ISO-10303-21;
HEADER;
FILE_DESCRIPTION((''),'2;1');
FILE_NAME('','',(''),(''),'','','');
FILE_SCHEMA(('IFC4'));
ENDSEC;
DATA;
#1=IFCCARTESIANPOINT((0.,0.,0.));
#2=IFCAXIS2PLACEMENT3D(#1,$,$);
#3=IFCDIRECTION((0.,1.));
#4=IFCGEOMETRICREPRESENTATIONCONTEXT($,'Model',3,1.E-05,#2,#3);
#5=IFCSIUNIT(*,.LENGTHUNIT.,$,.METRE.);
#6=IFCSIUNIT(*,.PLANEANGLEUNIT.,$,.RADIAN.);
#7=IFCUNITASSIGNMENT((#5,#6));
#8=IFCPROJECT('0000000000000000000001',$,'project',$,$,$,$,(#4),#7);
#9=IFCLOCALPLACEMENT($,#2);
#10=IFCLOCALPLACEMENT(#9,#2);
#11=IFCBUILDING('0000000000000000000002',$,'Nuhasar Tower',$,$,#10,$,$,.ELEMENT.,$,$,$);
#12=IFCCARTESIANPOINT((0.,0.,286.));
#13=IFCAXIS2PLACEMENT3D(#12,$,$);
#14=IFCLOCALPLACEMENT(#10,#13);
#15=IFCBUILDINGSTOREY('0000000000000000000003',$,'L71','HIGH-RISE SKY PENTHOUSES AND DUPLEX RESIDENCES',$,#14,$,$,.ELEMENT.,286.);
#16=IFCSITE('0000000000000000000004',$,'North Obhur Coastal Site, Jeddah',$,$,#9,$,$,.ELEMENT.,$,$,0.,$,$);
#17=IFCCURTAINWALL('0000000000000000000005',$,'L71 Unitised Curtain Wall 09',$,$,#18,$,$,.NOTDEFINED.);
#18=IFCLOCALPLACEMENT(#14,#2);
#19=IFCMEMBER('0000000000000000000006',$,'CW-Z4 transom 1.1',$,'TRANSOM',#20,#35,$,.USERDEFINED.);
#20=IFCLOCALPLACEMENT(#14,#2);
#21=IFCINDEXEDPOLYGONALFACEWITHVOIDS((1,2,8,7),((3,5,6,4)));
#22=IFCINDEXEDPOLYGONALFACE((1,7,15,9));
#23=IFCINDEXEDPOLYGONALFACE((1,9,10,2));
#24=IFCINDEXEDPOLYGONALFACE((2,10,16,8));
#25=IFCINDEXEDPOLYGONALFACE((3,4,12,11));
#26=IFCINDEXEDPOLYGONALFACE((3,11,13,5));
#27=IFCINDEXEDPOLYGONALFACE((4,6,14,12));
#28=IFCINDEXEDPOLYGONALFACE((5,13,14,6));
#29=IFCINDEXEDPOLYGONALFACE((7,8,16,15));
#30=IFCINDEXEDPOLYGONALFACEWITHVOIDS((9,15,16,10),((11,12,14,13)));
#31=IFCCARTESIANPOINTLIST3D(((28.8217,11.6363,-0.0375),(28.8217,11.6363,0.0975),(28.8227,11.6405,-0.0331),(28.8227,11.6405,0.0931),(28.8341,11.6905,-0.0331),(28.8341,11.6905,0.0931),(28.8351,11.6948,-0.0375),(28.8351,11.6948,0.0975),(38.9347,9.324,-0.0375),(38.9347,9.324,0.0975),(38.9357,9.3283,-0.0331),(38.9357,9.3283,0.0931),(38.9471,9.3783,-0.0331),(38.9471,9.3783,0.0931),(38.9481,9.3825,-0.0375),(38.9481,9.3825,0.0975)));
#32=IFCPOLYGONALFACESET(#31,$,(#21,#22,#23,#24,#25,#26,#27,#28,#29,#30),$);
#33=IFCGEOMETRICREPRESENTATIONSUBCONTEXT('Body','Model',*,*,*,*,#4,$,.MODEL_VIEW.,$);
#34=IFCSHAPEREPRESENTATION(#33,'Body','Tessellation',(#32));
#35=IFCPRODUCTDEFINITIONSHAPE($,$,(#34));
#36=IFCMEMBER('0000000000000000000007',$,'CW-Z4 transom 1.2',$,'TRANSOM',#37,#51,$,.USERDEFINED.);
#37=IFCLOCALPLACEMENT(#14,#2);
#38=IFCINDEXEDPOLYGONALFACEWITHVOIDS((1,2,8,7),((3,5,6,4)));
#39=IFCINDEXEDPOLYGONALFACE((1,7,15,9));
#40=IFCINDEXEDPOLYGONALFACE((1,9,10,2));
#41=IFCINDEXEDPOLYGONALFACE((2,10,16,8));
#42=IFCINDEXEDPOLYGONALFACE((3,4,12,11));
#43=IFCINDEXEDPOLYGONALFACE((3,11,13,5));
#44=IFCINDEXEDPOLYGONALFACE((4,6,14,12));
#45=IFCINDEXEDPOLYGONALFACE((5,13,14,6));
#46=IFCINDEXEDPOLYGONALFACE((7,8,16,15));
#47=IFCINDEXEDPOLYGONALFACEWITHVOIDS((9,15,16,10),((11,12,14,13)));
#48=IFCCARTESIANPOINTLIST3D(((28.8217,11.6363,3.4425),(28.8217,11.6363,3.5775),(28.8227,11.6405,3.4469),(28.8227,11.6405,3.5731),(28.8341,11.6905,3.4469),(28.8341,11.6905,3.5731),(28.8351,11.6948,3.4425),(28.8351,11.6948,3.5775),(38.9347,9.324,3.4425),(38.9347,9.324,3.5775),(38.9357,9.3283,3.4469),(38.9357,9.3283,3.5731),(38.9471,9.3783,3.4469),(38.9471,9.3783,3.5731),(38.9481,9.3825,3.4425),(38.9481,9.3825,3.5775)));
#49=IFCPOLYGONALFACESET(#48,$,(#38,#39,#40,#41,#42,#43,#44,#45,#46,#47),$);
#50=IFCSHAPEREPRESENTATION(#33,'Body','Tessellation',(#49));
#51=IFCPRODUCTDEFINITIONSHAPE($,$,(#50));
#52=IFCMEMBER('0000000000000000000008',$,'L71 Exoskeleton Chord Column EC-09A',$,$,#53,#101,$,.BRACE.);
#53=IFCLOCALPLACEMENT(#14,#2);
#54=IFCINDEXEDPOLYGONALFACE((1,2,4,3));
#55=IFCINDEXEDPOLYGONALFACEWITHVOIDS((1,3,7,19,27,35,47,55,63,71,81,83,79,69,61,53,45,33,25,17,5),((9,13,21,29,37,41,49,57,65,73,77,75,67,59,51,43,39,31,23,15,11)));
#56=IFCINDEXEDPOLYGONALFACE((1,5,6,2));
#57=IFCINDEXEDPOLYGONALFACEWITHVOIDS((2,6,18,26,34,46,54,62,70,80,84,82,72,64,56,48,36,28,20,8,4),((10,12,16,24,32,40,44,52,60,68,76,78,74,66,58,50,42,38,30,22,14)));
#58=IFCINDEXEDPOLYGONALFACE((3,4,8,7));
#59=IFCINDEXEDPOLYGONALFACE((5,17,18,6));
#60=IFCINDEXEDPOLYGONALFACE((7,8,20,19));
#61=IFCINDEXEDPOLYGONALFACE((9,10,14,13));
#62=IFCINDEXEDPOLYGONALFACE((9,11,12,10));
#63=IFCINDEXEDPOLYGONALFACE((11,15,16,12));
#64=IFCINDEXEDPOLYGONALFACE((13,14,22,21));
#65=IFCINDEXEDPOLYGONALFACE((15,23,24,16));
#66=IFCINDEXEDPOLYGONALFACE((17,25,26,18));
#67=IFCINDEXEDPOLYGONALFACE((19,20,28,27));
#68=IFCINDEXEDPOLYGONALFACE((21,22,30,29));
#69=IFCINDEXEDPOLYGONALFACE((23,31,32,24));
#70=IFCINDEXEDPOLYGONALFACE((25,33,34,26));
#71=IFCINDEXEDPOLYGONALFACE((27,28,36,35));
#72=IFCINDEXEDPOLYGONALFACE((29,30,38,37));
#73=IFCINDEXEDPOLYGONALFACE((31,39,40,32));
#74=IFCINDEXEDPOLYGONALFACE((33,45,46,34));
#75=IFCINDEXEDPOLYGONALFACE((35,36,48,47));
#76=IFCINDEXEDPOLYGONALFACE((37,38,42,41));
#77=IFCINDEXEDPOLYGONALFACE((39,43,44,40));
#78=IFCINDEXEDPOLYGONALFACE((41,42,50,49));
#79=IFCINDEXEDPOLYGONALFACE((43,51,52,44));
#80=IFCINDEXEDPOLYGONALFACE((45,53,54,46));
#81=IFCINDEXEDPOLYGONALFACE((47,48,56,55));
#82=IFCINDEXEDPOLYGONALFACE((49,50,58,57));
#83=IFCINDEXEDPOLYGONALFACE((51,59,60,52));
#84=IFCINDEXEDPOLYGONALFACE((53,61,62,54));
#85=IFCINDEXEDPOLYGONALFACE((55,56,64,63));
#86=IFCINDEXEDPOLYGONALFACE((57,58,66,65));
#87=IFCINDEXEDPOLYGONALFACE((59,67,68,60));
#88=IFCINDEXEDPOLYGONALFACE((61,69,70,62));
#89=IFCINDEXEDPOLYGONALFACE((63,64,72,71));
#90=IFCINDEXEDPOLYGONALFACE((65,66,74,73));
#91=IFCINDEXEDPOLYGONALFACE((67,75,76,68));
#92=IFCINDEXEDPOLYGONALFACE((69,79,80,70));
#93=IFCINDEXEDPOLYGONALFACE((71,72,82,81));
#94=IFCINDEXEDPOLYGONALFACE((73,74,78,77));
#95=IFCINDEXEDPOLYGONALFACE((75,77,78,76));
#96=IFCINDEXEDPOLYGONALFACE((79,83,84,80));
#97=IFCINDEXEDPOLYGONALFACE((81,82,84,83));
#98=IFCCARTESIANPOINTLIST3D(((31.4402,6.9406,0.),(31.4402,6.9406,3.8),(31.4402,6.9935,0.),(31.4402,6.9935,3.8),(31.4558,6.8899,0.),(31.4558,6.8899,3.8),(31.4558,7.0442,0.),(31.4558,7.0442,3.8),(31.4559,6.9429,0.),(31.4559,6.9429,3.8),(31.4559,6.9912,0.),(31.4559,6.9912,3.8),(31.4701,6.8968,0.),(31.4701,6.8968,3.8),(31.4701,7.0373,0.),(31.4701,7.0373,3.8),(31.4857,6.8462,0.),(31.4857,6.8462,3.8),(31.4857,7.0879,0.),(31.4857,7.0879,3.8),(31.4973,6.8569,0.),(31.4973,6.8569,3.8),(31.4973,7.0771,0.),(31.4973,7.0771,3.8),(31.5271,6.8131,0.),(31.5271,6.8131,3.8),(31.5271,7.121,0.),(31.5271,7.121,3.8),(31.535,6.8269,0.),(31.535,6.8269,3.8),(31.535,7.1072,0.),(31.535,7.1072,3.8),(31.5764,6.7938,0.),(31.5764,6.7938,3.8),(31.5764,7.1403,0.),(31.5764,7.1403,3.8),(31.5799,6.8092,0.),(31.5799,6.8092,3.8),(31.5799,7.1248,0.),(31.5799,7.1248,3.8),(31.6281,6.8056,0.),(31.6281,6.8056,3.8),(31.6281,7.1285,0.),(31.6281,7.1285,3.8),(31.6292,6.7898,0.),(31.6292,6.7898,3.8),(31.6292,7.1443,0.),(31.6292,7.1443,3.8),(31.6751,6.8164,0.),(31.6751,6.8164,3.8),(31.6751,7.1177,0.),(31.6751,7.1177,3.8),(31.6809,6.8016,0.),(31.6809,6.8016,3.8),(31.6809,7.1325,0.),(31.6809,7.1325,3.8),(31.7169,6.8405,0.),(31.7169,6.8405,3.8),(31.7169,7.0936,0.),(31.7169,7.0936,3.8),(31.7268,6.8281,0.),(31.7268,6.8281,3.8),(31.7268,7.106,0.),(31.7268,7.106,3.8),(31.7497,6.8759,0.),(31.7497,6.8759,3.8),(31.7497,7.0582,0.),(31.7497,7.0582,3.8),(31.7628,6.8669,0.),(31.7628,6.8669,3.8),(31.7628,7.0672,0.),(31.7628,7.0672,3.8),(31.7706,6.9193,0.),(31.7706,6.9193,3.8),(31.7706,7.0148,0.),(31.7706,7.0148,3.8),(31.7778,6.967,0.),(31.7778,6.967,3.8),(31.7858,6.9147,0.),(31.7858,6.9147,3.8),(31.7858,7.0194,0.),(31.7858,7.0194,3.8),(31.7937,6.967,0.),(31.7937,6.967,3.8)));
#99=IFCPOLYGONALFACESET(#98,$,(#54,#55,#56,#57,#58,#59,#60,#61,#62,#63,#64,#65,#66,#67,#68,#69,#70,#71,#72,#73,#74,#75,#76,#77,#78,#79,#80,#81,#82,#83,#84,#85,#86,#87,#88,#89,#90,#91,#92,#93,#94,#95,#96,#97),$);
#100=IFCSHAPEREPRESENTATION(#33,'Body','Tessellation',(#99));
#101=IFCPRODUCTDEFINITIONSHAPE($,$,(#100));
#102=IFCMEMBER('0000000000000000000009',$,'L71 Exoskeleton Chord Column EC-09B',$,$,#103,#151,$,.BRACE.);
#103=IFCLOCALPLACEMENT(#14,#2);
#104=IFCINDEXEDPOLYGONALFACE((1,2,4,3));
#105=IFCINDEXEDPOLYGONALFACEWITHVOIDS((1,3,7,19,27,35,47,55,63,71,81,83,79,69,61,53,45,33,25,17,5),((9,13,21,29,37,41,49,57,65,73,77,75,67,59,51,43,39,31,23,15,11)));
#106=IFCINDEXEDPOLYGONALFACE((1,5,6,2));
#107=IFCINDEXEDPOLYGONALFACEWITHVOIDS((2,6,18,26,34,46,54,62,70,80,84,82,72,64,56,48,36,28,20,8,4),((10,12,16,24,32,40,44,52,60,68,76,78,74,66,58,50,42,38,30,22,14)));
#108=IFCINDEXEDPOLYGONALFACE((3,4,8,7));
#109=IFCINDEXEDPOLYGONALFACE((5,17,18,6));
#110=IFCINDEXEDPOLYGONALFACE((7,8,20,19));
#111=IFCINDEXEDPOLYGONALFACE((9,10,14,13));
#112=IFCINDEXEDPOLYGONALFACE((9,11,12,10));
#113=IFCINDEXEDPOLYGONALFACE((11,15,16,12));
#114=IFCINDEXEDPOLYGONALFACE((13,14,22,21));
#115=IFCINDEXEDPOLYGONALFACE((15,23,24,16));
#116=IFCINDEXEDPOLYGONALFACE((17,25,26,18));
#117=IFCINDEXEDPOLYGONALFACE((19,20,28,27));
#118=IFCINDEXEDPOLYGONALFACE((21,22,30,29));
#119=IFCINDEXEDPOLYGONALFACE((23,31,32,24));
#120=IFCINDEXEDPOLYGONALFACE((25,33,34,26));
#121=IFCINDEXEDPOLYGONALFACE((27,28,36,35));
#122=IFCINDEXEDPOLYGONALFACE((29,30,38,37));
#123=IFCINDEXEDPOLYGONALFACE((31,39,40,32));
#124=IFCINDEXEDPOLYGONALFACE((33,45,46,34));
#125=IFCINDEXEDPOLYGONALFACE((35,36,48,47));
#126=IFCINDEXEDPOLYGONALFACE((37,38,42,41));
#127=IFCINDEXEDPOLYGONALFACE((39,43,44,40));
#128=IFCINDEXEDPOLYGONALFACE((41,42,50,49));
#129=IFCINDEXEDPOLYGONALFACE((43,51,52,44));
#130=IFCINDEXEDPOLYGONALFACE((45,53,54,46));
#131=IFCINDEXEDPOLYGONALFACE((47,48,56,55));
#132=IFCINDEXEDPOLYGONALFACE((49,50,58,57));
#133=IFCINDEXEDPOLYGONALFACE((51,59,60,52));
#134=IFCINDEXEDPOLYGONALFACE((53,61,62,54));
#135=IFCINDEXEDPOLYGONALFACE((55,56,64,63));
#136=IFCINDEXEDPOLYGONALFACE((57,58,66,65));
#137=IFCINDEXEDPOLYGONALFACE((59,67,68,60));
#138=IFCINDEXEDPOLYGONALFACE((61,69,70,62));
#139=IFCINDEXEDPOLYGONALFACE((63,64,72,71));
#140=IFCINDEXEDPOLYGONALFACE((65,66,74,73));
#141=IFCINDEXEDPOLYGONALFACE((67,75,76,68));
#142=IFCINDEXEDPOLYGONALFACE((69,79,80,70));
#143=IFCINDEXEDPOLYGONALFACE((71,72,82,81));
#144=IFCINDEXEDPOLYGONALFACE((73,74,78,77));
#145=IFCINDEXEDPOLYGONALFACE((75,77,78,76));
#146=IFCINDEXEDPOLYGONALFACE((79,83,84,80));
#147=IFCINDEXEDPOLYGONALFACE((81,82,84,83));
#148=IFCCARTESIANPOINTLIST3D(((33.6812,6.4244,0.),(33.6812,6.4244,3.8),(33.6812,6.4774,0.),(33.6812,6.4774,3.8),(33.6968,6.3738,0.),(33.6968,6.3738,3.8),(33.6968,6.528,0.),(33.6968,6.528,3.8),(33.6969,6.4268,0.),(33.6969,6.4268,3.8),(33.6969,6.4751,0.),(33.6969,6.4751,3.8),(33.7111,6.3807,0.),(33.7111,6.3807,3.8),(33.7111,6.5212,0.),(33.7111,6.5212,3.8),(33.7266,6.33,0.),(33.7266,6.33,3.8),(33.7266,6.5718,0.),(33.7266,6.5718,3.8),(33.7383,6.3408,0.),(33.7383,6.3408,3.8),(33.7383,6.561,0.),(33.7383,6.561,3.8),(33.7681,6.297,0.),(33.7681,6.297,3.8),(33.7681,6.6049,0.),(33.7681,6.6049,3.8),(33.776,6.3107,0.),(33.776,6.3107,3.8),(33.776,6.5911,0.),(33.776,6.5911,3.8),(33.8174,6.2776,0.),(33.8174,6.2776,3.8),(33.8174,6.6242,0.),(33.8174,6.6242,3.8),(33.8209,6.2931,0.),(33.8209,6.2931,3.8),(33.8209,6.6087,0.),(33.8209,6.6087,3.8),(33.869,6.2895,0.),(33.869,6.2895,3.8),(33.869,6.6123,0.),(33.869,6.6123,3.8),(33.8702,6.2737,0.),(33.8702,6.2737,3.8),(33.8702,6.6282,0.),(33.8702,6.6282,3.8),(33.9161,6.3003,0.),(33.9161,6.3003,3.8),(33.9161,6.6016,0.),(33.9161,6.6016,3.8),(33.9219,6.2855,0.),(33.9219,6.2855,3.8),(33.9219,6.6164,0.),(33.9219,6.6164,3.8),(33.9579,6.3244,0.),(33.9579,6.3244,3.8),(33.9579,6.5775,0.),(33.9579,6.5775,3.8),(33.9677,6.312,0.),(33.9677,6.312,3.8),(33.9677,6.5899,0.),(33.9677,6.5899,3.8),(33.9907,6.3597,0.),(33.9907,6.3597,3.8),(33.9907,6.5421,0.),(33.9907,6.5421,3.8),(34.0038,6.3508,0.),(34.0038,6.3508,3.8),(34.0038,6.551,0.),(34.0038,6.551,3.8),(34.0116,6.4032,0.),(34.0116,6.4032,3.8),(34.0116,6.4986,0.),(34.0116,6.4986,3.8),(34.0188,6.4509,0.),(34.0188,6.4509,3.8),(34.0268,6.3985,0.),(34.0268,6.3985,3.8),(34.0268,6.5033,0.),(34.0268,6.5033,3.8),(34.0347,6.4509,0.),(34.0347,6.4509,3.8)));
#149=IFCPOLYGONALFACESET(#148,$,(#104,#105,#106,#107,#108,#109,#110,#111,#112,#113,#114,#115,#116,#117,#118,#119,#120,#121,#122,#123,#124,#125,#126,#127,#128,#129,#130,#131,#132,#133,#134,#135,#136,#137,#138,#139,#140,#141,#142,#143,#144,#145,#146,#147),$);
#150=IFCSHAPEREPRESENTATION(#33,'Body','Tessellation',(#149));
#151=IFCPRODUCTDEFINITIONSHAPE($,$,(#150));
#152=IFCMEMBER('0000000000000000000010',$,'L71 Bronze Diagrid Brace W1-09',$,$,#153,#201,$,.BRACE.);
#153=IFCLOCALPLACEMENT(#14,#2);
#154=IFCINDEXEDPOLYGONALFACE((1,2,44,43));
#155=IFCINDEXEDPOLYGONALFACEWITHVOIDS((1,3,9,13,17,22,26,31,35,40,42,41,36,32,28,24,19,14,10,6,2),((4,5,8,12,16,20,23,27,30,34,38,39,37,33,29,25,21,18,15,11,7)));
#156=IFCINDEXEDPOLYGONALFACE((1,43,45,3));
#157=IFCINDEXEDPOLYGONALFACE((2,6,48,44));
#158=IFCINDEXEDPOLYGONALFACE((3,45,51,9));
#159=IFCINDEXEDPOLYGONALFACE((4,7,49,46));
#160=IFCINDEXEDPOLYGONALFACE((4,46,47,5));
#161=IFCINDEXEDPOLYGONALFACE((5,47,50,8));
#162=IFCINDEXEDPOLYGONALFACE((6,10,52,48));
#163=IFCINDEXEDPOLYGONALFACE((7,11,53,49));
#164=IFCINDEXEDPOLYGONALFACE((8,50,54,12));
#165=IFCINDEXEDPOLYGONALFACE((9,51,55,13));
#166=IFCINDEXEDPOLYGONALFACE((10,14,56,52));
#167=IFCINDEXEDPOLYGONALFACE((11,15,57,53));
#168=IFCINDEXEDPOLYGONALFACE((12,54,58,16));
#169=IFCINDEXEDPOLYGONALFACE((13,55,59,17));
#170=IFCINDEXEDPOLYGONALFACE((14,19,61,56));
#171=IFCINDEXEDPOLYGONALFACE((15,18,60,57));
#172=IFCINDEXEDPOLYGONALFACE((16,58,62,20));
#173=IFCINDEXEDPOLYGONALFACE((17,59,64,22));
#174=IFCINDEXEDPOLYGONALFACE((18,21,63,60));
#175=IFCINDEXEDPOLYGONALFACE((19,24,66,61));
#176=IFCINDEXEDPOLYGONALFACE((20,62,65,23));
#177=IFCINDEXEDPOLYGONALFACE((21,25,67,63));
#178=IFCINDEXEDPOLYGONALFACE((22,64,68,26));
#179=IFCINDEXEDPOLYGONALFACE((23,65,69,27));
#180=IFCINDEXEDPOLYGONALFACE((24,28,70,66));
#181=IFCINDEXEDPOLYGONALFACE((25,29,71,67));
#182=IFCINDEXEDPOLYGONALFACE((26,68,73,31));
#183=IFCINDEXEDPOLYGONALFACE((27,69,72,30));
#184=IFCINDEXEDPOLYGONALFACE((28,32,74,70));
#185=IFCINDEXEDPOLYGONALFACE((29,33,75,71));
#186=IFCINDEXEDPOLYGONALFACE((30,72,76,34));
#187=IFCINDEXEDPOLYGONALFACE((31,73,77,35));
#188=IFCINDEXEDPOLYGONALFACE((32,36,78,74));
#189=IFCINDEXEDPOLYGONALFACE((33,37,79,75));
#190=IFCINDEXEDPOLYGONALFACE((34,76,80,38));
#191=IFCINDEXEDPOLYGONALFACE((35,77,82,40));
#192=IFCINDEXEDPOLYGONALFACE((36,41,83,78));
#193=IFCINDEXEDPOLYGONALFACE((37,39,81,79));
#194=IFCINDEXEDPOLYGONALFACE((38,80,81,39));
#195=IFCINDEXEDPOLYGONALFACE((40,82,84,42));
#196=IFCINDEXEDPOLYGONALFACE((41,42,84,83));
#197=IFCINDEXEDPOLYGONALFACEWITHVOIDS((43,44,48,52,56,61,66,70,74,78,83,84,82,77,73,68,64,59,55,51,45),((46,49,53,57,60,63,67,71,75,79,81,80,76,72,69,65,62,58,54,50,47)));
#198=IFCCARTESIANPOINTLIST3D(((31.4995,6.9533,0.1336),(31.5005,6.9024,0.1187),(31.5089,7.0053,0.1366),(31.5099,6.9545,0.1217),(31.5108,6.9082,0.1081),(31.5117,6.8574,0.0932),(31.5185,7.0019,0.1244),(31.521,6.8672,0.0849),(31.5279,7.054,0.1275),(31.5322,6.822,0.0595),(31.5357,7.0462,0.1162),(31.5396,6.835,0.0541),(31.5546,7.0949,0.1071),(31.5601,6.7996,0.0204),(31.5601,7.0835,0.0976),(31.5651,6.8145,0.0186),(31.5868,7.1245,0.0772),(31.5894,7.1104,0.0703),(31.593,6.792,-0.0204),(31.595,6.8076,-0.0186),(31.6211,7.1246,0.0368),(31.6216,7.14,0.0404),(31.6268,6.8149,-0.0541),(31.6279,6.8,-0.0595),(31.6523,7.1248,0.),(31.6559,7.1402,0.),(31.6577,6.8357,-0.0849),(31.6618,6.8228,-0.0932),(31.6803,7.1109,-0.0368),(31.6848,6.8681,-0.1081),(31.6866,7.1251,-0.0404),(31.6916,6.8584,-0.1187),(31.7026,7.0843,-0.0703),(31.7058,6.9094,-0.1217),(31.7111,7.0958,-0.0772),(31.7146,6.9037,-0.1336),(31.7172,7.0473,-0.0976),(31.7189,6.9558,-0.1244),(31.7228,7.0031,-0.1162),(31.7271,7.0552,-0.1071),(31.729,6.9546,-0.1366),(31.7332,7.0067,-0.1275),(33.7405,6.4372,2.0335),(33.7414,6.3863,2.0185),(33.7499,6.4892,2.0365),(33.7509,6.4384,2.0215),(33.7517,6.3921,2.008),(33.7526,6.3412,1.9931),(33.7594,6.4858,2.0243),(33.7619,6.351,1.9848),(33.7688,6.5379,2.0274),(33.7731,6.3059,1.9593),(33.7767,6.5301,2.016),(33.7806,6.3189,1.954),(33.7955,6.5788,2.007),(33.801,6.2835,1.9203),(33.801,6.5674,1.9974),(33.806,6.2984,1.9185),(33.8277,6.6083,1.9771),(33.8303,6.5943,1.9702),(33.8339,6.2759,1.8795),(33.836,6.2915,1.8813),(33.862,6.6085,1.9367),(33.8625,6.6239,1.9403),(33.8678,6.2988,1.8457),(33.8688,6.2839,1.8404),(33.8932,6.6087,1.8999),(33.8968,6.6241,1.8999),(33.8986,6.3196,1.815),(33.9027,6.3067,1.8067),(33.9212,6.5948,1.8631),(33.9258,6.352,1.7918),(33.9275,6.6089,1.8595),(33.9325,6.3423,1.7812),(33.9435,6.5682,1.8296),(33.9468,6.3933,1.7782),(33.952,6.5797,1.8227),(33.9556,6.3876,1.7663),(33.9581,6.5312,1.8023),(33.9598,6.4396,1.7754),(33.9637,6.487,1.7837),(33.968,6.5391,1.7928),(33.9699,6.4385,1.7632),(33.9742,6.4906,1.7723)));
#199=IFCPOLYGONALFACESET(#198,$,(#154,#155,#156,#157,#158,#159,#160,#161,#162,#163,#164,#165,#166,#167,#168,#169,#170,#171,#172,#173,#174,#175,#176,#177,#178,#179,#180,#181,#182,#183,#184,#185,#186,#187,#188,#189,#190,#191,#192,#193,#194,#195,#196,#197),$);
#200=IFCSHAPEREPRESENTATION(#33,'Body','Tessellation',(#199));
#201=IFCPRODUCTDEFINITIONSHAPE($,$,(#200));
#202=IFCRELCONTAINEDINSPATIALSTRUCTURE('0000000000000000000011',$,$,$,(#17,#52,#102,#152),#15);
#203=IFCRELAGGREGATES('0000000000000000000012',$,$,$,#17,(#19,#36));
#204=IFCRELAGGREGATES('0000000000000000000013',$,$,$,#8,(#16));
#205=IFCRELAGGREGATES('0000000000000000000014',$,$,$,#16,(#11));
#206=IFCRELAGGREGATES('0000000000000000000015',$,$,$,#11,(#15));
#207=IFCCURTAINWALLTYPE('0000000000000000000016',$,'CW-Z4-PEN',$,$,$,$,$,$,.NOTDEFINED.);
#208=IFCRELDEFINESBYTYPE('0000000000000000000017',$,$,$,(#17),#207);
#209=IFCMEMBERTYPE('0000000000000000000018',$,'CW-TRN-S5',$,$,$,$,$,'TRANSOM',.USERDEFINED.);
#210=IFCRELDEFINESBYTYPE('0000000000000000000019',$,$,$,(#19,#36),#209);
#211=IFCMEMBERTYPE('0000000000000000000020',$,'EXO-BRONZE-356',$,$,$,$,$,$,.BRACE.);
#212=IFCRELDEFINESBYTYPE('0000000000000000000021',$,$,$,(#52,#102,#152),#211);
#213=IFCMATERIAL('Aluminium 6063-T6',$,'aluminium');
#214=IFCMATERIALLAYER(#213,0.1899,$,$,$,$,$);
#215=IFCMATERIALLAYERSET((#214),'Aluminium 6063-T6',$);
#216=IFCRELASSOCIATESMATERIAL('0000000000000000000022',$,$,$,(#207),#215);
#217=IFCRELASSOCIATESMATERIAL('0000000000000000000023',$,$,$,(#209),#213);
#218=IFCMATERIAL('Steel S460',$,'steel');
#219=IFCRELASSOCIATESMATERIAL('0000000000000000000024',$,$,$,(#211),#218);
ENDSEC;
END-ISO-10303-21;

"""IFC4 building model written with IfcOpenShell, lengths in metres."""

from ifc_helpers import new_model, si_unit, direction, frame, origin, origin_2d, place, context, subcontext, project, spatial, hollow_rectangle, hollow_circle, extrude, material, layer, layer_set, material_profile, profile_set, type_object, element, aggregate, save


model = new_model("IFC4")

# Units and contexts
model_context = context("Model", 3, precision=1e-05, world=origin(), true_north=direction((0.0, 1.0)))
body_context = subcontext(model_context, "Body", "Model", "MODEL_VIEW")
ifc_project = project(units=[si_unit("LENGTHUNIT", "METRE"), si_unit("PLANEANGLEUNIT", "RADIAN")], contexts=[model_context])

# Site, building, storey
site_placement = place(None, origin())
site = spatial("IfcSite", under=ifc_project, at=site_placement, Name="North Obhur Coastal Site, Jeddah", CompositionType="ELEMENT", RefElevation=0.0)
building_placement = place(site_placement, origin())
building = spatial("IfcBuilding", under=site, at=building_placement, Name="Nuhasar Tower", CompositionType="ELEMENT")
storey_placement = place(building_placement, frame((0.0, 0.0, 286.0)))
storey = spatial("IfcBuildingStorey", under=building, at=storey_placement, Name="L71", Description="HIGH-RISE SKY PENTHOUSES AND DUPLEX RESIDENCES", CompositionType="ELEMENT", Elevation=286.0)

# Curtain wall, members
ifc_material_1 = material(Name="Aluminium 6063-T6", Category="aluminium")
ifc_layer_1 = layer(ifc_material_1, 0.1899)
ifc_layer_set_1 = layer_set([ifc_layer_1], Name="Aluminium 6063-T6")
curtain_wall_type = type_object("IfcCurtainWallType", Name="CW-Z4-PEN", PredefinedType="NOTDEFINED", material=ifc_layer_set_1)
curtain_wall_placement = place(storey_placement, origin())
curtain_wall = element("IfcCurtainWall", 1, at=curtain_wall_placement, inside=storey, type_object=curtain_wall_type, Name="L71 Unitised Curtain Wall 09", PredefinedType="NOTDEFINED")
ifc_material_profile_1 = material_profile(ifc_material_1, hollow_rectangle(XDim=0.0601, YDim=0.135, WallThickness=0.0044, at=origin_2d()), Name="CWT-5")
ifc_profile_set_1 = profile_set([ifc_material_profile_1], Name="Aluminium 6063-T6")
member_type_1 = type_object("IfcMemberType", Name="CW-TRN-S5", ElementType="TRANSOM", PredefinedType="USERDEFINED", material=ifc_profile_set_1)
member_1_placement = place(storey_placement, frame((28.8284, 11.6655, 0.03), z_axis=(0.974844, -0.222889, 0.0), x_axis=(0.222889, 0.974844, 0.0)))
member_1 = element("IfcMember", 2, at=member_1_placement, type_object=member_type_1, Name="CW-Z4 transom 1.1", ObjectType="TRANSOM", PredefinedType="USERDEFINED", context=body_context, shape_type="SweptSolid", body=[
    extrude(hollow_rectangle(XDim=0.0601, YDim=0.135, WallThickness=0.0044, at=origin_2d()), origin(), (0.0, 0.0, 1.0), 10.374),
])
member_2_placement = place(storey_placement, frame((28.8284, 11.6655, 3.51), z_axis=(0.974844, -0.222889, 0.0), x_axis=(0.222889, 0.974844, 0.0)))
member_2 = element("IfcMember", 3, at=member_2_placement, type_object=member_type_1, Name="CW-Z4 transom 1.2", ObjectType="TRANSOM", PredefinedType="USERDEFINED", context=body_context, shape_type="SweptSolid", body=[
    extrude(hollow_rectangle(XDim=0.0601, YDim=0.135, WallThickness=0.0044, at=origin_2d()), origin(), (0.0, 0.0, 1.0), 10.374),
])

# Members
ifc_material_2 = material(Name="Steel S460", Category="steel")
ifc_material_profile_2 = material_profile(ifc_material_2, hollow_circle(Radius=0.1777, WallThickness=0.0159, at=origin_2d()), Name="HSS355.6X15.9")
ifc_profile_set_2 = profile_set([ifc_material_profile_2], Name="Steel S460")
member_type_2 = type_object("IfcMemberType", Name="EXO-BRONZE-356", PredefinedType="BRACE", material=ifc_profile_set_2)
for number, where, z_axis, x_axis, name in (
    (4, (31.616, 6.967, 0.0), (0.0, 0.0, 1.0), (1.0, 0.0, 0.0), "L71 Exoskeleton Chord Column EC-09A"),
    (5, (33.8569, 6.4509, 0.0), (0.0, 0.0, 1.0), (1.0, 0.0, 0.0), "L71 Exoskeleton Chord Column EC-09B"),
):
    element("IfcMember", number, at=place(storey_placement, frame(where, z_axis=z_axis, x_axis=x_axis)), inside=storey, type_object=member_type_2, Name=name, PredefinedType="BRACE", context=body_context, shape_type="SweptSolid", body=[
        extrude(hollow_circle(Radius=0.1777, WallThickness=0.0159, at=origin_2d()), origin(), (0.0, 0.0, 1.0), 3.8),
    ])
member_3_placement = place(storey_placement, frame((31.616, 6.967, 0.0), z_axis=(0.751261, -0.173022, 0.636923), x_axis=(0.224433, 0.97449, 0.0)))
element("IfcMember", 6, at=member_3_placement, inside=storey, type_object=member_type_2, Name="L71 Bronze Diagrid Brace W1-09", PredefinedType="BRACE", context=body_context, shape_type="SweptSolid", body=[
    extrude(hollow_circle(Radius=0.1777, WallThickness=0.0159, at=origin_2d()), origin(), (0.0, 0.0, 1.0), 2.9829),
])

aggregate(curtain_wall, [member_1, member_2])

save(model, "model.ifc")
